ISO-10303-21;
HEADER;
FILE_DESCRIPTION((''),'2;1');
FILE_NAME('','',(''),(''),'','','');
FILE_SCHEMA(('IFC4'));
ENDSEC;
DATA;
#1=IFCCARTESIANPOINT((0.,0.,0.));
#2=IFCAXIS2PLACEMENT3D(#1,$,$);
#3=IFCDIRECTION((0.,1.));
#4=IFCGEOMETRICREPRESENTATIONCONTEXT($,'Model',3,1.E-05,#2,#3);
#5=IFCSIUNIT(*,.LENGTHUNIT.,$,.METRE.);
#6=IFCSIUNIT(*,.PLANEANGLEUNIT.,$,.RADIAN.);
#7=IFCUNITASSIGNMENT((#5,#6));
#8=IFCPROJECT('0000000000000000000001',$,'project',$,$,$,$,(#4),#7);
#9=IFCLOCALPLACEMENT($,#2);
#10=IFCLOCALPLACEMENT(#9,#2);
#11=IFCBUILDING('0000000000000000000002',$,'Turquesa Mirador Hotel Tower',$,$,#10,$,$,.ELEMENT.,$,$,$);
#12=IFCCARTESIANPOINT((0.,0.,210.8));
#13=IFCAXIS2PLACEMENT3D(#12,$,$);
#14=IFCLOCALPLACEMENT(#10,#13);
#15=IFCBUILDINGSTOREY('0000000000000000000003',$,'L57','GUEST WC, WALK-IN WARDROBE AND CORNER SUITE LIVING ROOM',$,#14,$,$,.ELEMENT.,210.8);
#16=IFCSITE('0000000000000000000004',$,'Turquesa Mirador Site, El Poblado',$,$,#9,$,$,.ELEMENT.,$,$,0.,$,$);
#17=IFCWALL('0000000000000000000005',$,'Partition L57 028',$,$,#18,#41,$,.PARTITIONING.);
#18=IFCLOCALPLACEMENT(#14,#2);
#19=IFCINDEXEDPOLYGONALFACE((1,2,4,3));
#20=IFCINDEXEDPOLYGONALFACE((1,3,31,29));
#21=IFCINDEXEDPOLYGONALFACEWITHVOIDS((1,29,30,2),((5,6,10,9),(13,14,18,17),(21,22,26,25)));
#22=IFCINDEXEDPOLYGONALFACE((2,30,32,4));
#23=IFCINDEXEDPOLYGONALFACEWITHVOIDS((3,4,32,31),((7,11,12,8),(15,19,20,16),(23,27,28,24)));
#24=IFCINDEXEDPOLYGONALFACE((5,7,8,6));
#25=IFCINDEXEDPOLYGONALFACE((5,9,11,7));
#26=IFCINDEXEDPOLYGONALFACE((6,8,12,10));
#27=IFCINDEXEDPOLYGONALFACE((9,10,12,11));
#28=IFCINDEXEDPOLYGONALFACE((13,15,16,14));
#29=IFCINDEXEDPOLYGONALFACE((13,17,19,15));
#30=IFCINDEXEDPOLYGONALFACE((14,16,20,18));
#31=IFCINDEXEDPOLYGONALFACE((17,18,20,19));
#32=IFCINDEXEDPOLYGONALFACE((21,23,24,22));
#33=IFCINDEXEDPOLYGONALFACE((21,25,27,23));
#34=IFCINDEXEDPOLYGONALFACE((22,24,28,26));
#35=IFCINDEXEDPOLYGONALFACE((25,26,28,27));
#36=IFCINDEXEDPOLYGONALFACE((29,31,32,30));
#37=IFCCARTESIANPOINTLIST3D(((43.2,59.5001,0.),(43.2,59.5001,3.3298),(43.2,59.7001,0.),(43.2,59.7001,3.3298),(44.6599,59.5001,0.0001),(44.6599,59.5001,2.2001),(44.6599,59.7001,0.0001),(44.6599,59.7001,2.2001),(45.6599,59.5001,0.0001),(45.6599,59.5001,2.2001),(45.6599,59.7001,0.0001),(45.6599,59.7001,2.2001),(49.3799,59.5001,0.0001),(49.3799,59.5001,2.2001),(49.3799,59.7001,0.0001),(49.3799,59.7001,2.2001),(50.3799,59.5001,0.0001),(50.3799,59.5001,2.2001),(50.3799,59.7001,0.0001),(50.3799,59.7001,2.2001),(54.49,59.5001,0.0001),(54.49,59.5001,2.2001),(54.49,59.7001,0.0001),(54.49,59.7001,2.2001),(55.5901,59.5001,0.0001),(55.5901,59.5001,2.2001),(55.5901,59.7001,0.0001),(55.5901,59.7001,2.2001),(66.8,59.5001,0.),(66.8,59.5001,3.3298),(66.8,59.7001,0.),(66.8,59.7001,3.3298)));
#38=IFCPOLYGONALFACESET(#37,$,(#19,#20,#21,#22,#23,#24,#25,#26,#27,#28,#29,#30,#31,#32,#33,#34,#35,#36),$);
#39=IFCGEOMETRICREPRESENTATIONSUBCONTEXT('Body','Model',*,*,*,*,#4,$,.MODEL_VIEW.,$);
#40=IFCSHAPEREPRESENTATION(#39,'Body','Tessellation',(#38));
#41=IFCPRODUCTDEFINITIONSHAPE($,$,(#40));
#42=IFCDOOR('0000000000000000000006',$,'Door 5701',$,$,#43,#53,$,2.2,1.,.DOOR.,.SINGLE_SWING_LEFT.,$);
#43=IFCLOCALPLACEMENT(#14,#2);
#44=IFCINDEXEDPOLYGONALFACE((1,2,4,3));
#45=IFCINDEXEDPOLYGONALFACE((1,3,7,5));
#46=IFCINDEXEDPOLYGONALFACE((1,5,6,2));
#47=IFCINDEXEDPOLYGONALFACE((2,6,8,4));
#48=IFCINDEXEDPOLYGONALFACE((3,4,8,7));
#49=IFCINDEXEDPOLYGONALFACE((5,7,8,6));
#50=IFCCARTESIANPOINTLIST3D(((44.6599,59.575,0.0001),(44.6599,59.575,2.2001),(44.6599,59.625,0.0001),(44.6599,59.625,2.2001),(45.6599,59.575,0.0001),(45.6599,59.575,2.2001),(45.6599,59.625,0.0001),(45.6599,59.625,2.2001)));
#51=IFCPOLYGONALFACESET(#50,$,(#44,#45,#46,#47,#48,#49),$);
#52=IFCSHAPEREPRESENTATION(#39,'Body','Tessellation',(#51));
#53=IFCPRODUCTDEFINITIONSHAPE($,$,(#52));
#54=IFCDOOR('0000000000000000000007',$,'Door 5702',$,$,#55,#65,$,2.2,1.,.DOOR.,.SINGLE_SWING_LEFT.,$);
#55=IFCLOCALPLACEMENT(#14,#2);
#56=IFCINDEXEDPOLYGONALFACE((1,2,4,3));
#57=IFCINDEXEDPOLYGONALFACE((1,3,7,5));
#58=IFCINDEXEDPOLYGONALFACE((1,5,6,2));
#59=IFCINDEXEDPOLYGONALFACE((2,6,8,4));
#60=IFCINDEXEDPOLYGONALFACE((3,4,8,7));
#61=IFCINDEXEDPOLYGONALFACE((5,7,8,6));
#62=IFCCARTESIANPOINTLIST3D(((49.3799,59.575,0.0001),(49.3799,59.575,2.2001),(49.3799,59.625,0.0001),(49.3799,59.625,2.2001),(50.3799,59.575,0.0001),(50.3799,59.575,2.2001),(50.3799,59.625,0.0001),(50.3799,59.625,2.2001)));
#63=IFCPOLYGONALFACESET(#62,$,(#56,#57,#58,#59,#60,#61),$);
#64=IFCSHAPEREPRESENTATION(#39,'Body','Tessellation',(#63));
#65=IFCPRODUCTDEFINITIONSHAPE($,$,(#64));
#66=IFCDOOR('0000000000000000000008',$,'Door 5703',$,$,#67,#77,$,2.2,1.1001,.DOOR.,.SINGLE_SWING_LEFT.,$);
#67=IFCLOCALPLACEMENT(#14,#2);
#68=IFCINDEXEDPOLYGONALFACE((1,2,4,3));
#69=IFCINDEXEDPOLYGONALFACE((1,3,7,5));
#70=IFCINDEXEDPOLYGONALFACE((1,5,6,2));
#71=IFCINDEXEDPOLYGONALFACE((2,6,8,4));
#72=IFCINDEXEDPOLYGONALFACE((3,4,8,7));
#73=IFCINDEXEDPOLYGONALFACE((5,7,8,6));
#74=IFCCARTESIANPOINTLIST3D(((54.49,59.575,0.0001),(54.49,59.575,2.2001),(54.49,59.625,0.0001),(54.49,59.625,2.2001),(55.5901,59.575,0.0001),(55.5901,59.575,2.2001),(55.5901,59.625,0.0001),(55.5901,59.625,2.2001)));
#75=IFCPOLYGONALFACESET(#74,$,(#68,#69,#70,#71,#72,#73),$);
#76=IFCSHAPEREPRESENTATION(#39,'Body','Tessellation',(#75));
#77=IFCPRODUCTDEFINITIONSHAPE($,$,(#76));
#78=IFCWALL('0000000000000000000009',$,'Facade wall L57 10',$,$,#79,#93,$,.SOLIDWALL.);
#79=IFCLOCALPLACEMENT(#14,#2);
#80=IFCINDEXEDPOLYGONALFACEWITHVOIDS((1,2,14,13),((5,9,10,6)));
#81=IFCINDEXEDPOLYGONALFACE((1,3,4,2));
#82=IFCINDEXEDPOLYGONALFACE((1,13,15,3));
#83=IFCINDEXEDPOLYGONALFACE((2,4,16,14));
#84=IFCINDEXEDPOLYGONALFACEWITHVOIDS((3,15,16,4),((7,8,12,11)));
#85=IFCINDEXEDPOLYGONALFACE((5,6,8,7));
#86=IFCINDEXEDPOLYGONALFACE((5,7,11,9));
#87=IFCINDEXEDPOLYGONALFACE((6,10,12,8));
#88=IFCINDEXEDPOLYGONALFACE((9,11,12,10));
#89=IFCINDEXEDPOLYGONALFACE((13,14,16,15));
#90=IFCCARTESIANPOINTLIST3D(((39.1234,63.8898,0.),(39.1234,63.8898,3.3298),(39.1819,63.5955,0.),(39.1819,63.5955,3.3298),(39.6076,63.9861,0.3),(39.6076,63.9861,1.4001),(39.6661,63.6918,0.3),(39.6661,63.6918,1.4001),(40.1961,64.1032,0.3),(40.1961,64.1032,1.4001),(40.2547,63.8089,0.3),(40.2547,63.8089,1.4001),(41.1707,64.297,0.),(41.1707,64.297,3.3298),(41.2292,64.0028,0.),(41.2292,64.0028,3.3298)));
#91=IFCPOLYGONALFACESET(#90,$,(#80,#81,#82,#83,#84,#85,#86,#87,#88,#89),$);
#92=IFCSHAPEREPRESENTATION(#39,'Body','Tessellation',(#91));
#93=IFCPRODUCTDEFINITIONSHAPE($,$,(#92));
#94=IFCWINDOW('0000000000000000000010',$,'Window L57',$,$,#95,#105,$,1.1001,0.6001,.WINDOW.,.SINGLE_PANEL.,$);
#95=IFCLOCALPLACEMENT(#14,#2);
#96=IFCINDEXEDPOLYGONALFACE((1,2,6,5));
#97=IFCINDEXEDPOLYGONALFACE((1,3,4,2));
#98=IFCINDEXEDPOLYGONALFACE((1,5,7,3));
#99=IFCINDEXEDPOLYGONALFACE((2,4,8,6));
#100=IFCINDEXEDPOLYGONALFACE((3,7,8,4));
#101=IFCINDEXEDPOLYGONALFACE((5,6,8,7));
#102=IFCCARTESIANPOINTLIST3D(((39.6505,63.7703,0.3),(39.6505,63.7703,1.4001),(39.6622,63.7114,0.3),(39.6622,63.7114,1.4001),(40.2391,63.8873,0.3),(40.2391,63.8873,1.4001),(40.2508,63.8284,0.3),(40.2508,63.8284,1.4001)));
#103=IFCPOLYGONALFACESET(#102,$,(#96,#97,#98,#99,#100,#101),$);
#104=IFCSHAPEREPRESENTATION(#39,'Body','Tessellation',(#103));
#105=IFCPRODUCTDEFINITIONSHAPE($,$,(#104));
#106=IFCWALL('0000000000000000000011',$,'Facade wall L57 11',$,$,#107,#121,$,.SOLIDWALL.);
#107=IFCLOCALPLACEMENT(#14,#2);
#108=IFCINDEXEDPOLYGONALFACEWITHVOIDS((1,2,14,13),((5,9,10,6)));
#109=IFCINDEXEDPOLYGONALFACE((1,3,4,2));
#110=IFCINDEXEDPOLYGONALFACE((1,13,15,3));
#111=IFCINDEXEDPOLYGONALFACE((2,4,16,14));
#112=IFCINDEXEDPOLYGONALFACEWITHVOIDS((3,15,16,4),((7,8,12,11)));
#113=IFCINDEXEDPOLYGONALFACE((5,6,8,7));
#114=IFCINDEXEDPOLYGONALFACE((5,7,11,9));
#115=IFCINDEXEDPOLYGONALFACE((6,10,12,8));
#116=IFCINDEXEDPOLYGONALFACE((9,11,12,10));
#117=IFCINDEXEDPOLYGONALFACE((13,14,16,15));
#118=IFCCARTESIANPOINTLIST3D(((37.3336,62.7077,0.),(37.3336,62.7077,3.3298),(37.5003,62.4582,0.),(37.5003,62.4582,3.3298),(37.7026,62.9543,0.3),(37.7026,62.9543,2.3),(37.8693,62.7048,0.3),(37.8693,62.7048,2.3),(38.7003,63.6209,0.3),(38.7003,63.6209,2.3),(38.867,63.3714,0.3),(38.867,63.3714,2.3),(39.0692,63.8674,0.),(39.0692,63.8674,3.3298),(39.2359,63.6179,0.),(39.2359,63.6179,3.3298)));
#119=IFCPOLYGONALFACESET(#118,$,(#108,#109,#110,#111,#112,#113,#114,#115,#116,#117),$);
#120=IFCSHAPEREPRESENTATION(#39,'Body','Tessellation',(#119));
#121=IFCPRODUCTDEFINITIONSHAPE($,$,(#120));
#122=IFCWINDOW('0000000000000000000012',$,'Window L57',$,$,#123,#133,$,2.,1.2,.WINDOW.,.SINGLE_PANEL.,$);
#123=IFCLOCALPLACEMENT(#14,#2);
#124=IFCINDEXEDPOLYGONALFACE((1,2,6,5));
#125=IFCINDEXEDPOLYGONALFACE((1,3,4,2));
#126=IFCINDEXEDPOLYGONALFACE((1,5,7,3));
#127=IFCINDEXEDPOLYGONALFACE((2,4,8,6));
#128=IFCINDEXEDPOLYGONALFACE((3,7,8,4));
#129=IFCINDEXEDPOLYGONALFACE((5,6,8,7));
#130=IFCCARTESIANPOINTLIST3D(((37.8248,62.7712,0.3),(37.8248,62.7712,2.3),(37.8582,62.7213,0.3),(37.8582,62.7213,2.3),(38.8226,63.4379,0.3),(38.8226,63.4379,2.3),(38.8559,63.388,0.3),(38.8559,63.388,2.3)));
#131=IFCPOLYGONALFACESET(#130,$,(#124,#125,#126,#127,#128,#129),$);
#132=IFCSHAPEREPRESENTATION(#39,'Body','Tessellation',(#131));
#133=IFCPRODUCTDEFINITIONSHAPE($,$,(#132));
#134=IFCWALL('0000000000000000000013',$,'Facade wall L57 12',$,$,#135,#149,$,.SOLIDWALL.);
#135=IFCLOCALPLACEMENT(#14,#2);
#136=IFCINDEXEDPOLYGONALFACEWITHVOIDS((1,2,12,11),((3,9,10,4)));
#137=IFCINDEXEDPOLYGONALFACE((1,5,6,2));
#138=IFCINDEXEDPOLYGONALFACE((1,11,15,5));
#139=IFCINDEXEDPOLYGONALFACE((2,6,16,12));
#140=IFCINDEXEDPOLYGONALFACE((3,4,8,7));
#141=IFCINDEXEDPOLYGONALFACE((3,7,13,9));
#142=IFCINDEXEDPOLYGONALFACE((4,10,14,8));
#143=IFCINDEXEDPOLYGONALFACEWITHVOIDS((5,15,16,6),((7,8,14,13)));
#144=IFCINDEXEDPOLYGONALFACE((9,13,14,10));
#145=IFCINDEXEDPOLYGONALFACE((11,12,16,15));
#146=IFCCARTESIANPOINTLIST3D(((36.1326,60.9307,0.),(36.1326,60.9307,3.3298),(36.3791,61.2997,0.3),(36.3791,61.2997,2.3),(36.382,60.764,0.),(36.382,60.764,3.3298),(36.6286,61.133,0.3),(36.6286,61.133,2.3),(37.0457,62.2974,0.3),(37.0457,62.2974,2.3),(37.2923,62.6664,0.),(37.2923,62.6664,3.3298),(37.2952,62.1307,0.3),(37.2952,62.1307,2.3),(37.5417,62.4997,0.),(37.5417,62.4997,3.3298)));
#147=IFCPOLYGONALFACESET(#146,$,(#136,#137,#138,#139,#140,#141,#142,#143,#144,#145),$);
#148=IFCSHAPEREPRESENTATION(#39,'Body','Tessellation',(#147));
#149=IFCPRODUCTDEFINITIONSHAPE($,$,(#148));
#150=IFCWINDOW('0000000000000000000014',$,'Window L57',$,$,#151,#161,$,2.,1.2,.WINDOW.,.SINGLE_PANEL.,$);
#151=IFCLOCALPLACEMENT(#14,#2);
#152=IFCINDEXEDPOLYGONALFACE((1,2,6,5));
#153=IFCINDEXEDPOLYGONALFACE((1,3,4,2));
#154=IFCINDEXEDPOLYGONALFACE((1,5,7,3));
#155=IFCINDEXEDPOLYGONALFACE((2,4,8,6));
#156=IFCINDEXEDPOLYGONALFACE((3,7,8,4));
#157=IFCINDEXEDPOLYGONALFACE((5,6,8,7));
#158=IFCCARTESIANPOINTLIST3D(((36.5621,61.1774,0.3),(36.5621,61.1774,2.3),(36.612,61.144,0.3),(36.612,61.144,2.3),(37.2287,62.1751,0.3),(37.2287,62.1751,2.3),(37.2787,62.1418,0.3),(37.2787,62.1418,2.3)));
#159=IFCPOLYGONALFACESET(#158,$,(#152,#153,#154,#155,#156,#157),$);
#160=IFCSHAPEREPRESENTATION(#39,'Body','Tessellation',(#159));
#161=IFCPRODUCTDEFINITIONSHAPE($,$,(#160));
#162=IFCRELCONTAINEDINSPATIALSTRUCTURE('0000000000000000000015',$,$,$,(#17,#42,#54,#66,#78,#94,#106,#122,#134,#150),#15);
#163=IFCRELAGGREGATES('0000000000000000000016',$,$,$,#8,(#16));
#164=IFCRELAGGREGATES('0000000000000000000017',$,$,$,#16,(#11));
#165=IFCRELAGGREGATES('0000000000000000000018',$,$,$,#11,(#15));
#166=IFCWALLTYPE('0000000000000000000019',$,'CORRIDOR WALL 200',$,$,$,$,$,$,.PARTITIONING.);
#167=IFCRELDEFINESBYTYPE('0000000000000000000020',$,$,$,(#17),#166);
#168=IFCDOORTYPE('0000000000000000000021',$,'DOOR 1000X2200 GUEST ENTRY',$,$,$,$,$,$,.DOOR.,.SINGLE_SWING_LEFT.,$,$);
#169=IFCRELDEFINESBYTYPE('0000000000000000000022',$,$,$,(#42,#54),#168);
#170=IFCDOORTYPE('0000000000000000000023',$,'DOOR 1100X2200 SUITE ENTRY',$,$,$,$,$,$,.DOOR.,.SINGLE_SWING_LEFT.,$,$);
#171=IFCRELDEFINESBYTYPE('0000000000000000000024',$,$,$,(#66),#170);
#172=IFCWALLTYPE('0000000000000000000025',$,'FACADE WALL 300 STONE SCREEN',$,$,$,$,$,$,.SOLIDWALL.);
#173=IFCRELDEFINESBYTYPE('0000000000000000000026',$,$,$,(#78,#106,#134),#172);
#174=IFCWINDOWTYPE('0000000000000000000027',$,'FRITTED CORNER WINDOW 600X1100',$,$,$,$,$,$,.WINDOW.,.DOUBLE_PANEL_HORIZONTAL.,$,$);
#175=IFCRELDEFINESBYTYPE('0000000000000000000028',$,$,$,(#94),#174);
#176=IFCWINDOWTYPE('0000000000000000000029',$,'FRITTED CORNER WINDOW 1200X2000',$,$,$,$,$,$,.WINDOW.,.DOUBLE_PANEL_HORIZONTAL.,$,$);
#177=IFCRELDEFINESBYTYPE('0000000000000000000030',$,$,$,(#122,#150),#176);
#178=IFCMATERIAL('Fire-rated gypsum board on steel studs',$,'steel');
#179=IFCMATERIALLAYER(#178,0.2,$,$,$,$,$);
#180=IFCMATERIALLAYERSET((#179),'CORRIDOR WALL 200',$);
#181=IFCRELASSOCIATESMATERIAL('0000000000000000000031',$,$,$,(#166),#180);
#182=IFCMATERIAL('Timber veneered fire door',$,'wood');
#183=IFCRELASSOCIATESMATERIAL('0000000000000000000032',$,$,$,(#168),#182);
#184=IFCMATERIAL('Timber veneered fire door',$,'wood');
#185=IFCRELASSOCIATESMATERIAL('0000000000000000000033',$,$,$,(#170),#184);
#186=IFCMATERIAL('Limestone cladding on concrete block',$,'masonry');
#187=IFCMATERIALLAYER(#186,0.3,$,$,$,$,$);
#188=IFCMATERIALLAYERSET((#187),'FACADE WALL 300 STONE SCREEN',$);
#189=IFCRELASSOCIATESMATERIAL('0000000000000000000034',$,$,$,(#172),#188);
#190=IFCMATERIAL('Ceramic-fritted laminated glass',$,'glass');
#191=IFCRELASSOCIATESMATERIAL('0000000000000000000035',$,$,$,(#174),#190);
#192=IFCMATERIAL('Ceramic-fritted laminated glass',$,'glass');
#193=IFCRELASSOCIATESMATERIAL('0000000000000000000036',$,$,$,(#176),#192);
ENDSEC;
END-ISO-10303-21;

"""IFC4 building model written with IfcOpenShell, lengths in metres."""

from ifc_helpers import new_model, si_unit, direction, frame, frame_2d, origin, place, context, subcontext, project, spatial, rectangle, extrude, material, layer, layer_set, type_object, element, fill, save


model = new_model("IFC4")

# Units and contexts
model_context = context("Model", 3, precision=1e-05, world=origin(), true_north=direction((0.0, 1.0)))
body_context = subcontext(model_context, "Body", "Model", "MODEL_VIEW")
ifc_project = project(units=[si_unit("LENGTHUNIT", "METRE"), si_unit("PLANEANGLEUNIT", "RADIAN")], contexts=[model_context])

# Site, building, storey
site_placement = place(None, origin())
site = spatial("IfcSite", under=ifc_project, at=site_placement, Name="Turquesa Mirador Site, El Poblado", CompositionType="ELEMENT", RefElevation=0.0)
building_placement = place(site_placement, origin())
building = spatial("IfcBuilding", under=site, at=building_placement, Name="Turquesa Mirador Hotel Tower", CompositionType="ELEMENT")
storey_placement = place(building_placement, frame((0.0, 0.0, 210.8)))
storey = spatial("IfcBuildingStorey", under=building, at=storey_placement, Name="L57", Description="GUEST WC, WALK-IN WARDROBE AND CORNER SUITE LIVING ROOM", CompositionType="ELEMENT", Elevation=210.8)

# Wall, openings, doors
ifc_material_1 = material(Name="Fire-rated gypsum board on steel studs", Category="steel")
ifc_layer_1 = layer(ifc_material_1, 0.2)
ifc_layer_set_1 = layer_set([ifc_layer_1], Name="CORRIDOR WALL 200")
wall_type_1 = type_object("IfcWallType", Name="CORRIDOR WALL 200", PredefinedType="PARTITIONING", material=ifc_layer_set_1)
wall_1_placement = place(storey_placement, frame((43.2, 59.6001, 0.0), z_axis=(0.0, 0.0, 1.0), x_axis=(1.0, 0.0, 0.0)))
wall_1 = element("IfcWall", 1, at=wall_1_placement, inside=storey, type_object=wall_type_1, Name="Partition L57 028", PredefinedType="PARTITIONING", context=body_context, shape_type="SweptSolid", body=[
    extrude(rectangle(XDim=23.6001, YDim=0.2, at=frame_2d((11.8, 0.0))), origin(), (0.0, 0.0, 1.0), 3.3298),
])
opening_1_placement = place(wall_1_placement, frame((1.46, 0.0, 0.0)))
opening_1 = element("IfcOpeningElement", 2, at=opening_1_placement, cuts=wall_1, PredefinedType="OPENING", context=body_context, shape_type="SweptSolid", body=[
    extrude(rectangle(XDim=1.0, YDim=2.2, at=frame_2d((0.5, 1.1001))), frame((0.0, 0.1099, 0.0), z_axis=(0.0, -1.0, 0.0), x_axis=(1.0, 0.0, 0.0)), (0.0, 0.0, 1.0), 0.22),
])
opening_2_placement = place(wall_1_placement, frame((6.1799, 0.0, 0.0)))
opening_2 = element("IfcOpeningElement", 3, at=opening_2_placement, cuts=wall_1, PredefinedType="OPENING", context=body_context, shape_type="SweptSolid", body=[
    extrude(rectangle(XDim=1.0, YDim=2.2, at=frame_2d((0.5, 1.1001))), frame((0.0, 0.1099, 0.0), z_axis=(0.0, -1.0, 0.0), x_axis=(1.0, 0.0, 0.0)), (0.0, 0.0, 1.0), 0.22),
])
opening_3_placement = place(wall_1_placement, frame((11.29, 0.0, 0.0)))
opening_3 = element("IfcOpeningElement", 4, at=opening_3_placement, cuts=wall_1, PredefinedType="OPENING", context=body_context, shape_type="SweptSolid", body=[
    extrude(rectangle(XDim=1.1001, YDim=2.2, at=frame_2d((0.55, 1.1001))), frame((0.0, 0.1099, 0.0), z_axis=(0.0, -1.0, 0.0), x_axis=(1.0, 0.0, 0.0)), (0.0, 0.0, 1.0), 0.22),
])
ifc_material_2 = material(Name="Timber veneered fire door", Category="wood")
door_type_1 = type_object("IfcDoorType", Name="DOOR 1000X2200 GUEST ENTRY", OperationType="SINGLE_SWING_LEFT", PredefinedType="DOOR", material=ifc_material_2)
door_1_placement = place(opening_1_placement, origin())
door_1 = element("IfcDoor", 5, at=door_1_placement, inside=storey, type_object=door_type_1, Name="Door 5701", OperationType="SINGLE_SWING_LEFT", OverallHeight=2.2, OverallWidth=1.0, PredefinedType="DOOR", context=body_context, shape_type="SweptSolid", body=[
    extrude(rectangle(XDim=1.0, YDim=2.2, at=frame_2d((0.5, 1.1001))), frame((0.0, 0.0249, 0.0), z_axis=(0.0, -1.0, 0.0), x_axis=(1.0, 0.0, 0.0)), (0.0, 0.0, 1.0), 0.05),
])
fill(opening_1, door_1)
door_2_placement = place(opening_2_placement, origin())
door_2 = element("IfcDoor", 6, at=door_2_placement, inside=storey, type_object=door_type_1, Name="Door 5702", OperationType="SINGLE_SWING_LEFT", OverallHeight=2.2, OverallWidth=1.0, PredefinedType="DOOR", context=body_context, shape_type="SweptSolid", body=[
    extrude(rectangle(XDim=1.0, YDim=2.2, at=frame_2d((0.5, 1.1001))), frame((0.0, 0.0249, 0.0), z_axis=(0.0, -1.0, 0.0), x_axis=(1.0, 0.0, 0.0)), (0.0, 0.0, 1.0), 0.05),
])
fill(opening_2, door_2)
ifc_material_3 = material(Name="Timber veneered fire door", Category="wood")
door_type_2 = type_object("IfcDoorType", Name="DOOR 1100X2200 SUITE ENTRY", OperationType="SINGLE_SWING_LEFT", PredefinedType="DOOR", material=ifc_material_3)
door_3_placement = place(opening_3_placement, origin())
door_3 = element("IfcDoor", 7, at=door_3_placement, inside=storey, type_object=door_type_2, Name="Door 5703", OperationType="SINGLE_SWING_LEFT", OverallHeight=2.2, OverallWidth=1.1001, PredefinedType="DOOR", context=body_context, shape_type="SweptSolid", body=[
    extrude(rectangle(XDim=1.1001, YDim=2.2, at=frame_2d((0.55, 1.1001))), frame((0.0, 0.0249, 0.0), z_axis=(0.0, -1.0, 0.0), x_axis=(1.0, 0.0, 0.0)), (0.0, 0.0, 1.0), 0.05),
])
fill(opening_3, door_3)

# Walls, openings, windows
ifc_material_4 = material(Name="Limestone cladding on concrete block", Category="masonry")
ifc_layer_2 = layer(ifc_material_4, 0.3)
ifc_layer_set_2 = layer_set([ifc_layer_2], Name="FACADE WALL 300 STONE SCREEN")
wall_type_2 = type_object("IfcWallType", Name="FACADE WALL 300 STONE SCREEN", PredefinedType="SOLIDWALL", material=ifc_layer_set_2)
wall_2_placement = place(storey_placement, frame((41.2, 64.1499, 0.0), z_axis=(0.0, 0.0, 1.0), x_axis=(-0.980787, -0.195081, 0.0)))
wall_2 = element("IfcWall", 8, at=wall_2_placement, inside=storey, type_object=wall_type_2, Name="Facade wall L57 10", PredefinedType="SOLIDWALL", context=body_context, shape_type="SweptSolid", body=[
    extrude(rectangle(XDim=2.0874, YDim=0.3, at=frame_2d((1.0437, 0.0))), origin(), (0.0, 0.0, 1.0), 3.3298),
])
opening_4_placement = place(wall_2_placement, frame((0.9937, 0.0, 0.3)))
opening_4 = element("IfcOpeningElement", 9, at=opening_4_placement, cuts=wall_2, PredefinedType="OPENING", context=body_context, shape_type="SweptSolid", body=[
    extrude(rectangle(XDim=0.6001, YDim=1.1001, at=frame_2d((0.3, 0.55))), frame((0.0, 0.1599, 0.0), z_axis=(0.0, -1.0, 0.0), x_axis=(1.0, 0.0, 0.0)), (0.0, 0.0, 1.0), 0.3201),
])
ifc_material_5 = material(Name="Ceramic-fritted laminated glass", Category="glass")
window_type_1 = type_object("IfcWindowType", Name="FRITTED CORNER WINDOW 600X1100", PartitioningType="DOUBLE_PANEL_HORIZONTAL", PredefinedType="WINDOW", material=ifc_material_5)
window_1_placement = place(opening_4_placement, origin())
window_1 = element("IfcWindow", 10, at=window_1_placement, inside=storey, type_object=window_type_1, Name="Window L57", OverallHeight=1.1001, OverallWidth=0.6001, PartitioningType="SINGLE_PANEL", PredefinedType="WINDOW", context=body_context, shape_type="SweptSolid", body=[
    extrude(rectangle(XDim=0.6001, YDim=1.1001, at=frame_2d((0.3, 0.55))), frame((0.0, 0.1301, 0.0), z_axis=(0.0, -1.0, 0.0), x_axis=(1.0, 0.0, 0.0)), (0.0, 0.0, 1.0), 0.0601),
])
fill(opening_4, window_1)
wall_3_placement = place(storey_placement, frame((39.1526, 63.7427, 0.0), z_axis=(0.0, 0.0, 1.0), x_axis=(-0.831474, -0.555564, 0.0)))
wall_3 = element("IfcWall", 11, at=wall_3_placement, inside=storey, type_object=wall_type_2, Name="Facade wall L57 11", PredefinedType="SOLIDWALL", context=body_context, shape_type="SweptSolid", body=[
    extrude(rectangle(XDim=2.0874, YDim=0.3, at=frame_2d((1.0437, 0.0))), origin(), (0.0, 0.0, 1.0), 3.3298),
])
opening_5_placement = place(wall_3_placement, frame((0.4436, 0.0, 0.3)))
opening_5 = element("IfcOpeningElement", 12, at=opening_5_placement, cuts=wall_3, PredefinedType="OPENING", context=body_context, shape_type="SweptSolid", body=[
    extrude(rectangle(XDim=1.2, YDim=2.0, at=frame_2d((0.6001, 1.0))), frame((0.0, 0.1599, 0.0), z_axis=(0.0, -1.0, 0.0), x_axis=(1.0, 0.0, 0.0)), (0.0, 0.0, 1.0), 0.3201),
])
ifc_material_6 = material(Name="Ceramic-fritted laminated glass", Category="glass")
window_type_2 = type_object("IfcWindowType", Name="FRITTED CORNER WINDOW 1200X2000", PartitioningType="DOUBLE_PANEL_HORIZONTAL", PredefinedType="WINDOW", material=ifc_material_6)
window_2_placement = place(opening_5_placement, origin())
window_2 = element("IfcWindow", 13, at=window_2_placement, inside=storey, type_object=window_type_2, Name="Window L57", OverallHeight=2.0, OverallWidth=1.2, PartitioningType="SINGLE_PANEL", PredefinedType="WINDOW", context=body_context, shape_type="SweptSolid", body=[
    extrude(rectangle(XDim=1.2, YDim=2.0, at=frame_2d((0.6001, 1.0))), frame((0.0, 0.1301, 0.0), z_axis=(0.0, -1.0, 0.0), x_axis=(1.0, 0.0, 0.0)), (0.0, 0.0, 1.0), 0.0601),
])
fill(opening_5, window_2)
wall_4_placement = place(storey_placement, frame((37.417, 62.583, 0.0), z_axis=(0.0, 0.0, 1.0), x_axis=(-0.555564, -0.831474, 0.0)))
wall_4 = element("IfcWall", 14, at=wall_4_placement, inside=storey, type_object=wall_type_2, Name="Facade wall L57 12", PredefinedType="SOLIDWALL", context=body_context, shape_type="SweptSolid", body=[
    extrude(rectangle(XDim=2.0874, YDim=0.3, at=frame_2d((1.0437, 0.0))), origin(), (0.0, 0.0, 1.0), 3.3298),
])
opening_6_placement = place(wall_4_placement, frame((0.4436, 0.0, 0.3)))
opening_6 = element("IfcOpeningElement", 15, at=opening_6_placement, cuts=wall_4, PredefinedType="OPENING", context=body_context, shape_type="SweptSolid", body=[
    extrude(rectangle(XDim=1.2, YDim=2.0, at=frame_2d((0.6001, 1.0))), frame((0.0, 0.1599, 0.0), z_axis=(0.0, -1.0, 0.0), x_axis=(1.0, 0.0, 0.0)), (0.0, 0.0, 1.0), 0.3201),
])
window_3_placement = place(opening_6_placement, origin())
window_3 = element("IfcWindow", 16, at=window_3_placement, inside=storey, type_object=window_type_2, Name="Window L57", OverallHeight=2.0, OverallWidth=1.2, PartitioningType="SINGLE_PANEL", PredefinedType="WINDOW", context=body_context, shape_type="SweptSolid", body=[
    extrude(rectangle(XDim=1.2, YDim=2.0, at=frame_2d((0.6001, 1.0))), frame((0.0, 0.1301, 0.0), z_axis=(0.0, -1.0, 0.0), x_axis=(1.0, 0.0, 0.0)), (0.0, 0.0, 1.0), 0.0601),
])
fill(opening_6, window_3)

save(model, "model.ifc")
